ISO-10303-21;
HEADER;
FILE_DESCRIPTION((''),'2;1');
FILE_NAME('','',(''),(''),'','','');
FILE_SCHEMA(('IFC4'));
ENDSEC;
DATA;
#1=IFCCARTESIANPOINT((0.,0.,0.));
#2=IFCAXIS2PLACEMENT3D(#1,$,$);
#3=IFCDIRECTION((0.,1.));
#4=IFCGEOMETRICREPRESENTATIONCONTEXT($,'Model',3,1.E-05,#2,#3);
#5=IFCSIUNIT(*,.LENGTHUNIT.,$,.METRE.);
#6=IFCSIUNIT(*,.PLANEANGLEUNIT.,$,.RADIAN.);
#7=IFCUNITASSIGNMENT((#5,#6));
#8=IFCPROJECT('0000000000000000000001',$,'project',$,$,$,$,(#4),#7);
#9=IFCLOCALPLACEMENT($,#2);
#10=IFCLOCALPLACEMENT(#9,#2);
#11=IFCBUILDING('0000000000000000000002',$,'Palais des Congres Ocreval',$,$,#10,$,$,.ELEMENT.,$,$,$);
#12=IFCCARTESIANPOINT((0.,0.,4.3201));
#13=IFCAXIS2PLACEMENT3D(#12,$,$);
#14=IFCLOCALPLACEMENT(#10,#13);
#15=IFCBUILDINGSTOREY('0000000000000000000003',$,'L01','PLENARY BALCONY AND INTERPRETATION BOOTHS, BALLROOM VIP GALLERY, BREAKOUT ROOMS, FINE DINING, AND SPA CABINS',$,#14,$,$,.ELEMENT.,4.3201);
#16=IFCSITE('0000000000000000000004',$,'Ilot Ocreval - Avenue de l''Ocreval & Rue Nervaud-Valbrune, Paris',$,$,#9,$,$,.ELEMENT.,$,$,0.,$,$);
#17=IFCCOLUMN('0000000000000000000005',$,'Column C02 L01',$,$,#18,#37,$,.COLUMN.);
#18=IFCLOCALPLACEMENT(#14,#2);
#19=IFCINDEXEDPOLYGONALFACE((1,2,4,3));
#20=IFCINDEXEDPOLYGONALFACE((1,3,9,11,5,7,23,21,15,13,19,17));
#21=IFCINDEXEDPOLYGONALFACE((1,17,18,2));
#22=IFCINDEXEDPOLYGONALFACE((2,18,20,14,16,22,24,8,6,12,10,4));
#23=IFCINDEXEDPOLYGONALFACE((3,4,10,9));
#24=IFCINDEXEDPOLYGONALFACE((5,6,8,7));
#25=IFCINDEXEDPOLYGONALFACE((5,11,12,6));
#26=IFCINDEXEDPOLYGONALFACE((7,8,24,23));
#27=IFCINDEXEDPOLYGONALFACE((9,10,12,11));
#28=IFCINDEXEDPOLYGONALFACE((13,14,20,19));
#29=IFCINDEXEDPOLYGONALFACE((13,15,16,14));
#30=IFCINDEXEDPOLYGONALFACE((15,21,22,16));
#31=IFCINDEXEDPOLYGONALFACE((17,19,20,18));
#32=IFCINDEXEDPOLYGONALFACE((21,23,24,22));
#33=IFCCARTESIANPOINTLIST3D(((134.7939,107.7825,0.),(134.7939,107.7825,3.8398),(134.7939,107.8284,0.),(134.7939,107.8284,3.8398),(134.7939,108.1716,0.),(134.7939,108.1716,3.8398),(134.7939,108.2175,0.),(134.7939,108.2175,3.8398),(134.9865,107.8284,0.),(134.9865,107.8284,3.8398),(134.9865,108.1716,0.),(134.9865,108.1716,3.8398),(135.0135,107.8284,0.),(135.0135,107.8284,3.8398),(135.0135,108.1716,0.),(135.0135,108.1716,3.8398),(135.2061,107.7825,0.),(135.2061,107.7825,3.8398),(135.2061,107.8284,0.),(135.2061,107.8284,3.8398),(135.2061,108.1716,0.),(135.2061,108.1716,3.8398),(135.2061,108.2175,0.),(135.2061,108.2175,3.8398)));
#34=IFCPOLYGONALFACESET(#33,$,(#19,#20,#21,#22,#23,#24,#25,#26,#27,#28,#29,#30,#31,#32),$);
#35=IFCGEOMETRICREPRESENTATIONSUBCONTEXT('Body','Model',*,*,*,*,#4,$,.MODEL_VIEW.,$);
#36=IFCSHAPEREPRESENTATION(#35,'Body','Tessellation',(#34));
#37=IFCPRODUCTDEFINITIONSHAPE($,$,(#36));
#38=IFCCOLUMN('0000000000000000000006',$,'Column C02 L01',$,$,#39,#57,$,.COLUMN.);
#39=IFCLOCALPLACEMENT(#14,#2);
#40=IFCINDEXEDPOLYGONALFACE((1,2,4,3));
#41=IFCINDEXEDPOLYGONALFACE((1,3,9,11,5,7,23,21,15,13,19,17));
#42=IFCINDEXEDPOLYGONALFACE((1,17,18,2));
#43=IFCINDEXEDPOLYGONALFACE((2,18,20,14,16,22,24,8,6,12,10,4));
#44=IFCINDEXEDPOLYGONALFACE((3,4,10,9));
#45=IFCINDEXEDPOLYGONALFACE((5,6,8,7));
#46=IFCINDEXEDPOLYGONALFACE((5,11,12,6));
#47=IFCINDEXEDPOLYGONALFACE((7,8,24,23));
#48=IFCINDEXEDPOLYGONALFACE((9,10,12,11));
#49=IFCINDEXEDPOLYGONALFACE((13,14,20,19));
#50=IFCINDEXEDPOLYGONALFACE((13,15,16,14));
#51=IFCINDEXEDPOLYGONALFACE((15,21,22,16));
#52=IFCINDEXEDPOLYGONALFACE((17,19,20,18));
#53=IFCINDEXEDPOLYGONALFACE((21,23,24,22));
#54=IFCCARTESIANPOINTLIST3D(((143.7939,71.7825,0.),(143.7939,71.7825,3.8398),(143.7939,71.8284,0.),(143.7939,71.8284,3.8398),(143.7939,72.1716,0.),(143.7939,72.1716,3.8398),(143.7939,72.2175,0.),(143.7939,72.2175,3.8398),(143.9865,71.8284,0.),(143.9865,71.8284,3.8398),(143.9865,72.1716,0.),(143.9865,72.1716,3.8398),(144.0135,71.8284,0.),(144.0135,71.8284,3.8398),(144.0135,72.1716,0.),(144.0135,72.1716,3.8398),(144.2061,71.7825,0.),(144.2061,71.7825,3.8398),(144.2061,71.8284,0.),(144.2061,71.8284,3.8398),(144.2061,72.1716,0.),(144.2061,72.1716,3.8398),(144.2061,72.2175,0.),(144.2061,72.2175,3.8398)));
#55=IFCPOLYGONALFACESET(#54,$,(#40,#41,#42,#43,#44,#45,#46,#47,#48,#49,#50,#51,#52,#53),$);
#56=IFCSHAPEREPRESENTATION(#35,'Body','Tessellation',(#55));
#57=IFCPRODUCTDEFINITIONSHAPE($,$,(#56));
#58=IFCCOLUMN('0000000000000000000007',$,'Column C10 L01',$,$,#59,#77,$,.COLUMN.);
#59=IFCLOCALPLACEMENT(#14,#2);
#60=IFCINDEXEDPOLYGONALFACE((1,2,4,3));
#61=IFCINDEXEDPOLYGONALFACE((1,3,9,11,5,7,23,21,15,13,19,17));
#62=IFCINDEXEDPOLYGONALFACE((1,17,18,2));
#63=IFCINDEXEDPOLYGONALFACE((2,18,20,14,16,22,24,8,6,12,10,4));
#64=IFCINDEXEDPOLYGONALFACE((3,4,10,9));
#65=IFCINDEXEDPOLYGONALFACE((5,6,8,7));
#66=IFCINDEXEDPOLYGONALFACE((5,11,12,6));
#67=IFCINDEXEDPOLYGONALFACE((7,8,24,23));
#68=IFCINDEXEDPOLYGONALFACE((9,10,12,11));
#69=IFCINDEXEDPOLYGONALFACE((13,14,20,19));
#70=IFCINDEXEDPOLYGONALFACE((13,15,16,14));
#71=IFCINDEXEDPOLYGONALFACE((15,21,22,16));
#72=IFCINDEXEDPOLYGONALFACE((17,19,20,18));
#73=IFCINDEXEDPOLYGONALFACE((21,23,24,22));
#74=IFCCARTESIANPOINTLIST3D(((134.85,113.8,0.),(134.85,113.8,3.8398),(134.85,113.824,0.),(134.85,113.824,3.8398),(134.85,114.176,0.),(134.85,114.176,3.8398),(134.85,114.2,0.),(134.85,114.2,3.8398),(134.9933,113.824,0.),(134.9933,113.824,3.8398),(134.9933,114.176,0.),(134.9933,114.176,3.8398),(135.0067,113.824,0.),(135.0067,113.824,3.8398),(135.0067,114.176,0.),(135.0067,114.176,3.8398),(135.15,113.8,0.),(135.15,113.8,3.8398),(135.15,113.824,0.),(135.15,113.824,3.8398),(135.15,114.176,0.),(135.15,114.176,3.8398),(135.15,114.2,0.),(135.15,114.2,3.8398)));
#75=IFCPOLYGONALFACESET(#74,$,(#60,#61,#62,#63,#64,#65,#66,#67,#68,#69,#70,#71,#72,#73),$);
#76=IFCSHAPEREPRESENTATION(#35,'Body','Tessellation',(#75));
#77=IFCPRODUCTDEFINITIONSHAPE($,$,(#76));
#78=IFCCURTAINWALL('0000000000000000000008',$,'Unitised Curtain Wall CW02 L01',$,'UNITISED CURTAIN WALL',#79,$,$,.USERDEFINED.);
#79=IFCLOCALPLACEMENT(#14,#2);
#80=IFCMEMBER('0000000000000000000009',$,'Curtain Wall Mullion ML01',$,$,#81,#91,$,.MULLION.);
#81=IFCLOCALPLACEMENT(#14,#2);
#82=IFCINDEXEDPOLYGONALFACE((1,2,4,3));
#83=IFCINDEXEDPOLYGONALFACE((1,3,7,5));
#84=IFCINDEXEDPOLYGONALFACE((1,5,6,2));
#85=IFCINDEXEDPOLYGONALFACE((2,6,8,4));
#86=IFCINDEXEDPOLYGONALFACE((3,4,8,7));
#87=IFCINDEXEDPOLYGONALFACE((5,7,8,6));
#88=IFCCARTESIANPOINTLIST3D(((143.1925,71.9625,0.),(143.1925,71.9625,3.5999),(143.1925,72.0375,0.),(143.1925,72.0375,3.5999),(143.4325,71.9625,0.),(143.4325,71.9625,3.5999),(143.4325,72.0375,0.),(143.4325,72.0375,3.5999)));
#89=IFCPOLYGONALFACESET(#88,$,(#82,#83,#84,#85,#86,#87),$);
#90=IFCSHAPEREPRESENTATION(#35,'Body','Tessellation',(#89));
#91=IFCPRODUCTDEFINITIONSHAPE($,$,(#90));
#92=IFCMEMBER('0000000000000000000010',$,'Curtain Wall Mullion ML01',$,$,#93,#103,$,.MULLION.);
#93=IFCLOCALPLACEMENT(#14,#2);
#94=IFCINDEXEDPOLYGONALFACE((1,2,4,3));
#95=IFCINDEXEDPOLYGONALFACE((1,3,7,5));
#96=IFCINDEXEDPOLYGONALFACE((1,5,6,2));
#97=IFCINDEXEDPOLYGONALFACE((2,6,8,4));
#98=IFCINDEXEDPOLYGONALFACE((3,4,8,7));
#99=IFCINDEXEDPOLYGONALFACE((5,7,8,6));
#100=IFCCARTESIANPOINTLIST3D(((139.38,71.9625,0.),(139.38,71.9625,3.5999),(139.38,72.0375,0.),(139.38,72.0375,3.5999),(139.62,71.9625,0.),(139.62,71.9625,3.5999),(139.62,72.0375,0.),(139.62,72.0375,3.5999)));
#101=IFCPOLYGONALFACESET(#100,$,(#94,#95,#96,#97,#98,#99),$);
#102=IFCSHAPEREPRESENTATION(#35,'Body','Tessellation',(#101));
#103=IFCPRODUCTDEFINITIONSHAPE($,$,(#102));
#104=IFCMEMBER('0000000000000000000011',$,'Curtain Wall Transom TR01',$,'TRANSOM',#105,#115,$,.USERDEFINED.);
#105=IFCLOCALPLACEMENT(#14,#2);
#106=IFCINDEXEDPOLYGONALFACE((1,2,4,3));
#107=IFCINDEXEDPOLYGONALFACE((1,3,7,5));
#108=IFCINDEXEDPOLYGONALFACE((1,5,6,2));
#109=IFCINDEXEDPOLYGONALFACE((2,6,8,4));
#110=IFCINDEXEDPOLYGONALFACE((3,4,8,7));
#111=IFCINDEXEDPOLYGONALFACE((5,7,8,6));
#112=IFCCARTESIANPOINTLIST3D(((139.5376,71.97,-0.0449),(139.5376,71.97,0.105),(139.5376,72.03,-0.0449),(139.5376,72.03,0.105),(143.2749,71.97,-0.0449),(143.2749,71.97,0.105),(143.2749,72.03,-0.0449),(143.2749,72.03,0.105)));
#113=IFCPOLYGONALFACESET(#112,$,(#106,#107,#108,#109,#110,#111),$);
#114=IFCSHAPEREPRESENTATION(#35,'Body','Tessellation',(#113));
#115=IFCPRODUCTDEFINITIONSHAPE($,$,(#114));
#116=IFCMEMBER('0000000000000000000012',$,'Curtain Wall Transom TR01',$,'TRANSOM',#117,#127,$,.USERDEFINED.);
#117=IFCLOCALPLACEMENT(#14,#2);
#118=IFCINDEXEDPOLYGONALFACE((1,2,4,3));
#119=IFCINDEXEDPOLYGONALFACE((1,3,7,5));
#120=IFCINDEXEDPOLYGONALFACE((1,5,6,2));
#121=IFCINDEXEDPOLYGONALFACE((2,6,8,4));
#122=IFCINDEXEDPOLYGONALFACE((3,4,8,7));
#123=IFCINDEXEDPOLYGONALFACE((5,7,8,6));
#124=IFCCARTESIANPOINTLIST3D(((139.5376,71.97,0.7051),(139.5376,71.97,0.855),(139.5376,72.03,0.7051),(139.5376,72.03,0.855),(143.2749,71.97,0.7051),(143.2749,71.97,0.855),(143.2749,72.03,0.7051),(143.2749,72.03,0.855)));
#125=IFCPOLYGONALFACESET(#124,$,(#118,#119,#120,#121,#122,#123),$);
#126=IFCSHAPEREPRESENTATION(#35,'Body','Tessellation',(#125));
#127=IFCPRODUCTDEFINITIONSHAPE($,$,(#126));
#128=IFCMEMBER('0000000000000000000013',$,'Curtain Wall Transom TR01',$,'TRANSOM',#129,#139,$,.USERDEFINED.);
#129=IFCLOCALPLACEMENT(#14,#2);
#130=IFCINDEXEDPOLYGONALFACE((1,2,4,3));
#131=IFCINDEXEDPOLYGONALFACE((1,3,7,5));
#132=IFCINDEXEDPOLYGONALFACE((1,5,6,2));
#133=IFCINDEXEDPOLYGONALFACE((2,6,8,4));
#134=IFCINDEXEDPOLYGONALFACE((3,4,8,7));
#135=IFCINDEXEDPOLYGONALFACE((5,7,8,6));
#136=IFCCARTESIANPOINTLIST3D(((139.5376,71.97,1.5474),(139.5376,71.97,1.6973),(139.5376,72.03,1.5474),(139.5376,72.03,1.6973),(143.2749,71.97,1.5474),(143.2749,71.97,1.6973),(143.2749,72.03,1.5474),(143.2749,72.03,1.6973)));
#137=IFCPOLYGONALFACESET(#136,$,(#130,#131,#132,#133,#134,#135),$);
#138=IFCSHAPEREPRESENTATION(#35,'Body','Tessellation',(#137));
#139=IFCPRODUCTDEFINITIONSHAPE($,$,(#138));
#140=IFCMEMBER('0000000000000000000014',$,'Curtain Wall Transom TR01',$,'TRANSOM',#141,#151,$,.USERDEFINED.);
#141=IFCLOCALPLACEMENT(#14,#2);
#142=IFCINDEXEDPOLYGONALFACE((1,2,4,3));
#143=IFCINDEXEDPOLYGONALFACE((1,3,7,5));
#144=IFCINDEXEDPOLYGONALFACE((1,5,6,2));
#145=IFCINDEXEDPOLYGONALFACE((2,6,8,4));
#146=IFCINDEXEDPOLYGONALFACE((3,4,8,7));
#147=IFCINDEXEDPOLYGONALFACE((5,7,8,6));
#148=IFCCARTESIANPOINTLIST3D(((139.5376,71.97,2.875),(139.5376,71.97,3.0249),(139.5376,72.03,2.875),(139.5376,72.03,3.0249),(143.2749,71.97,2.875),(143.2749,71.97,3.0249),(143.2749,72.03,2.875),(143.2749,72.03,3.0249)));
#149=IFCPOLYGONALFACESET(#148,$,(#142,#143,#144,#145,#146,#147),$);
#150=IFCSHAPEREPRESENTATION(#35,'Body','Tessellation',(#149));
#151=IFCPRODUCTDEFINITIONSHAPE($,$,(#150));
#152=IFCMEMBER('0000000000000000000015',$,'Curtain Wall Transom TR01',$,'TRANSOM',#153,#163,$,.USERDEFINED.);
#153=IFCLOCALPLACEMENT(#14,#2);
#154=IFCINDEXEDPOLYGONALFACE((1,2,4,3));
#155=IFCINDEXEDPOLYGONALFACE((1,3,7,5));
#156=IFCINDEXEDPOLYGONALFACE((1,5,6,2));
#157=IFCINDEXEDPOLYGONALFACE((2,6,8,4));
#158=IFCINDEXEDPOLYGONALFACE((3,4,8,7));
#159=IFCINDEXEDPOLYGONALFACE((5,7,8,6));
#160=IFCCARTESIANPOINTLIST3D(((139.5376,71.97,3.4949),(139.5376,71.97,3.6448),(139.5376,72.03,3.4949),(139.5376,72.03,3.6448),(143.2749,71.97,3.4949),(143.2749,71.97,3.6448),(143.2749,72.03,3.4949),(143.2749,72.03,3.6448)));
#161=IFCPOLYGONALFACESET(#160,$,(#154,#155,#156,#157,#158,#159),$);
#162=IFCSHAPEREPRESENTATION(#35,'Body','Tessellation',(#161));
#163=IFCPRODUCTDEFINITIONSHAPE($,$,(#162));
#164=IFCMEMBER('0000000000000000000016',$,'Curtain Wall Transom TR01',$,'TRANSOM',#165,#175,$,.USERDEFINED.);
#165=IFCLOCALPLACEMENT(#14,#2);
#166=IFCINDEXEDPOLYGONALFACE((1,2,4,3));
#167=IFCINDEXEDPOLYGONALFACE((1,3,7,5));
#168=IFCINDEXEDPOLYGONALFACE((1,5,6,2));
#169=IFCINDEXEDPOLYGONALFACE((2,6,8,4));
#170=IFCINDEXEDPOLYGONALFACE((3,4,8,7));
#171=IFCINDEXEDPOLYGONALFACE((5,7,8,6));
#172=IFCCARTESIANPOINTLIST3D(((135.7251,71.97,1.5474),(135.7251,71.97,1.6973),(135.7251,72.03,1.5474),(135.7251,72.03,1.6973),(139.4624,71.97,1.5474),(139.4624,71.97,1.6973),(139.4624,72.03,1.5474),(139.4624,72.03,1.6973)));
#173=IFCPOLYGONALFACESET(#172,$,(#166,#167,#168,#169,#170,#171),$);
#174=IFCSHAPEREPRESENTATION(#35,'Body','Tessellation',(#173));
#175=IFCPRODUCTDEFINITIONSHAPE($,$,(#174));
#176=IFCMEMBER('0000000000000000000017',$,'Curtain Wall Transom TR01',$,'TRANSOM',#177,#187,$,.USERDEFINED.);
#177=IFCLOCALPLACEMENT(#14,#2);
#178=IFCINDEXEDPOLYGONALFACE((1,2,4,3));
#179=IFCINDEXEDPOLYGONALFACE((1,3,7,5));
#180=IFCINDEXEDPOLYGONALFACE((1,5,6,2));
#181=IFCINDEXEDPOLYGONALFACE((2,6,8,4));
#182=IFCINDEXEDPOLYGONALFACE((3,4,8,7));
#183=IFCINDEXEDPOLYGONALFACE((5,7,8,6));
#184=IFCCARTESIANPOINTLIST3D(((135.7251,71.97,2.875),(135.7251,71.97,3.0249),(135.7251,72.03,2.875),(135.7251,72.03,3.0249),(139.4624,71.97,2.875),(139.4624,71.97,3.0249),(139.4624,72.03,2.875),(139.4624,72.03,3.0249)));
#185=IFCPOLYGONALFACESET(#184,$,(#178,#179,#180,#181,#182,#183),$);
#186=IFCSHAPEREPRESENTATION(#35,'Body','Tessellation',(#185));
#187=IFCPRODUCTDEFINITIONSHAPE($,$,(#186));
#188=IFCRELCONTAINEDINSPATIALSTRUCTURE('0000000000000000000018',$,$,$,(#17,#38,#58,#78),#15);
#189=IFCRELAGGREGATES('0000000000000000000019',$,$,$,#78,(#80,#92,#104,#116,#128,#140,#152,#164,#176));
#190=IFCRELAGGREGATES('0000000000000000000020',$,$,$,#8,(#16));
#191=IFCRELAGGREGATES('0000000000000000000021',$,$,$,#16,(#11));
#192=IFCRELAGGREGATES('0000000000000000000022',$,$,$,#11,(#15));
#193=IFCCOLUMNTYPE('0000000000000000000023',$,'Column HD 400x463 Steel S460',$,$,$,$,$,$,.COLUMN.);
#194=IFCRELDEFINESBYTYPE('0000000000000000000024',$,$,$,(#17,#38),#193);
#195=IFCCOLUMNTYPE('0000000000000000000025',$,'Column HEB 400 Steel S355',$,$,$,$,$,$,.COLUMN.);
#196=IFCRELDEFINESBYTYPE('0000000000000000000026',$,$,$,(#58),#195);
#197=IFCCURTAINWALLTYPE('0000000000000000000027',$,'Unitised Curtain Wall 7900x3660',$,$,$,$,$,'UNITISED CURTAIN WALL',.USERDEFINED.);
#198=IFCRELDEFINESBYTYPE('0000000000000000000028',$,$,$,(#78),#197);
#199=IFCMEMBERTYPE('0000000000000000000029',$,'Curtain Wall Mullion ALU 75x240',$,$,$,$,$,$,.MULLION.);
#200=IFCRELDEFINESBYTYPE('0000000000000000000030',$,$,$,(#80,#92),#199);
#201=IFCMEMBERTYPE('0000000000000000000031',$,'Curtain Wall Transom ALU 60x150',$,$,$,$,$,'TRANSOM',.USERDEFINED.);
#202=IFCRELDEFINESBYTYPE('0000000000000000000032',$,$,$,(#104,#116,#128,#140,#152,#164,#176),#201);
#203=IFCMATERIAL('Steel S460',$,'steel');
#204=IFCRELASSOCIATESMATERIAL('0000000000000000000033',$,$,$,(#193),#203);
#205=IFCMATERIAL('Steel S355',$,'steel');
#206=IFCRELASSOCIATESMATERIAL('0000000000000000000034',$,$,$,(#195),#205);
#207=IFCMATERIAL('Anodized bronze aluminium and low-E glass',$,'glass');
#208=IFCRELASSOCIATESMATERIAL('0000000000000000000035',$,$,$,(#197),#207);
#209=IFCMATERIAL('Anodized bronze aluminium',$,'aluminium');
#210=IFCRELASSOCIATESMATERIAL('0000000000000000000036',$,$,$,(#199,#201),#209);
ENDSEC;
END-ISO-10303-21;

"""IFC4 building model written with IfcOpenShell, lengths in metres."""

from ifc_helpers import new_model, si_unit, direction, frame, origin, origin_2d, place, context, subcontext, project, spatial, rectangle, i_section, extrude, material, material_profile, profile_set, type_object, element, aggregate, save


model = new_model("IFC4")

# Units and contexts
model_context = context("Model", 3, precision=1e-05, world=origin(), true_north=direction((0.0, 1.0)))
body_context = subcontext(model_context, "Body", "Model", "MODEL_VIEW")
ifc_project = project(units=[si_unit("LENGTHUNIT", "METRE"), si_unit("PLANEANGLEUNIT", "RADIAN")], contexts=[model_context])

# Site, building, storey
site_placement = place(None, origin())
site = spatial("IfcSite", under=ifc_project, at=site_placement, Name="Ilot Ocreval - Avenue de l'Ocreval & Rue Nervaud-Valbrune, Paris", CompositionType="ELEMENT", RefElevation=0.0)
building_placement = place(site_placement, origin())
building = spatial("IfcBuilding", under=site, at=building_placement, Name="Palais des Congres Ocreval", CompositionType="ELEMENT")
storey_placement = place(building_placement, frame((0.0, 0.0, 4.3201)))
storey = spatial("IfcBuildingStorey", under=building, at=storey_placement, Name="L01", Description="PLENARY BALCONY AND INTERPRETATION BOOTHS, BALLROOM VIP GALLERY, BREAKOUT ROOMS, FINE DINING, AND SPA CABINS", CompositionType="ELEMENT", Elevation=4.3201)

# Columns
ifc_material_1 = material(Name="Steel S460", Category="steel")
ifc_material_profile_1 = material_profile(ifc_material_1, i_section(OverallWidth=0.4121, OverallDepth=0.4351, WebThickness=0.0271, FlangeThickness=0.0459, at=origin_2d()), Name="HD 400x463")
ifc_profile_set_1 = profile_set([ifc_material_profile_1], Name="Steel S460")
column_type_1 = type_object("IfcColumnType", Name="Column HD 400x463 Steel S460", PredefinedType="COLUMN", material=ifc_profile_set_1)
for number, where, z_axis, x_axis, name in (
    (1, (135.0, 108.0, 0.0), (0.0, 0.0, 1.0), (1.0, 0.0, 0.0), "Column C02 L01"),
    (2, (144.0, 72.0, 0.0), (0.0, 0.0, 1.0), (1.0, 0.0, 0.0), "Column C02 L01"),
):
    element("IfcColumn", number, at=place(storey_placement, frame(where, z_axis=z_axis, x_axis=x_axis)), inside=storey, type_object=column_type_1, Name=name, PredefinedType="COLUMN", context=body_context, shape_type="SweptSolid", body=[
        extrude(i_section(OverallWidth=0.4121, OverallDepth=0.4351, WebThickness=0.0271, FlangeThickness=0.0459, at=origin_2d()), origin(), (0.0, 0.0, 1.0), 3.8398),
    ])
ifc_material_2 = material(Name="Steel S355", Category="steel")
ifc_material_profile_2 = material_profile(ifc_material_2, i_section(OverallWidth=0.3, OverallDepth=0.3999, WebThickness=0.0134, FlangeThickness=0.0239, at=origin_2d()), Name="HEB 400")
ifc_profile_set_2 = profile_set([ifc_material_profile_2], Name="Steel S355")
column_type_2 = type_object("IfcColumnType", Name="Column HEB 400 Steel S355", PredefinedType="COLUMN", material=ifc_profile_set_2)
column_placement = place(storey_placement, frame((135.0, 114.0, 0.0), z_axis=(0.0, 0.0, 1.0), x_axis=(1.0, 0.0, 0.0)))
element("IfcColumn", 3, at=column_placement, inside=storey, type_object=column_type_2, Name="Column C10 L01", PredefinedType="COLUMN", context=body_context, shape_type="SweptSolid", body=[
    extrude(i_section(OverallWidth=0.3, OverallDepth=0.3999, WebThickness=0.0134, FlangeThickness=0.0239, at=origin_2d()), origin(), (0.0, 0.0, 1.0), 3.8398),
])

# Curtain wall, members
ifc_material_3 = material(Name="Anodized bronze aluminium and low-E glass", Category="glass")
curtain_wall_type = type_object("IfcCurtainWallType", Name="Unitised Curtain Wall 7900x3660", ElementType="UNITISED CURTAIN WALL", PredefinedType="USERDEFINED", material=ifc_material_3)
curtain_wall_placement = place(storey_placement, origin())
curtain_wall = element("IfcCurtainWall", 4, at=curtain_wall_placement, inside=storey, type_object=curtain_wall_type, Name="Unitised Curtain Wall CW02 L01", ObjectType="UNITISED CURTAIN WALL", PredefinedType="USERDEFINED")
ifc_material_4 = material(Name="Anodized bronze aluminium", Category="aluminium")
ifc_material_profile_3 = material_profile(ifc_material_4, rectangle(XDim=0.075, YDim=0.24, at=origin_2d()), Name="ALU 75x240")
ifc_profile_set_3 = profile_set([ifc_material_profile_3], Name="Anodized bronze aluminium")
member_type_1 = type_object("IfcMemberType", Name="Curtain Wall Mullion ALU 75x240", PredefinedType="MULLION", material=ifc_profile_set_3)
member_1_placement = place(storey_placement, frame((143.3125, 72.0, 0.0), z_axis=(0.0, 0.0, 1.0), x_axis=(0.0, -1.0, 0.0)))
member_1 = element("IfcMember", 5, at=member_1_placement, type_object=member_type_1, Name="Curtain Wall Mullion ML01", PredefinedType="MULLION", context=body_context, shape_type="SweptSolid", body=[
    extrude(rectangle(XDim=0.075, YDim=0.24, at=origin_2d()), origin(), (0.0, 0.0, 1.0), 3.5999),
])
member_2_placement = place(storey_placement, frame((139.5, 72.0, 0.0), z_axis=(0.0, 0.0, 1.0), x_axis=(0.0, -1.0, 0.0)))
member_2 = element("IfcMember", 6, at=member_2_placement, type_object=member_type_1, Name="Curtain Wall Mullion ML01", PredefinedType="MULLION", context=body_context, shape_type="SweptSolid", body=[
    extrude(rectangle(XDim=0.075, YDim=0.24, at=origin_2d()), origin(), (0.0, 0.0, 1.0), 3.5999),
])
ifc_material_profile_4 = material_profile(ifc_material_4, rectangle(XDim=0.0601, YDim=0.1499, at=origin_2d()), Name="ALU 60x150")
ifc_profile_set_4 = profile_set([ifc_material_profile_4], Name="Anodized bronze aluminium")
member_type_2 = type_object("IfcMemberType", Name="Curtain Wall Transom ALU 60x150", ElementType="TRANSOM", PredefinedType="USERDEFINED", material=ifc_profile_set_4)
member_3_placement = place(storey_placement, frame((143.2749, 72.0, 0.03), z_axis=(-1.0, 0.0, 0.0), x_axis=(0.0, -1.0, 0.0)))
member_3 = element("IfcMember", 7, at=member_3_placement, type_object=member_type_2, Name="Curtain Wall Transom TR01", ObjectType="TRANSOM", PredefinedType="USERDEFINED", context=body_context, shape_type="SweptSolid", body=[
    extrude(rectangle(XDim=0.0601, YDim=0.1499, at=origin_2d()), origin(), (0.0, 0.0, 1.0), 3.7373),
])
member_4_placement = place(storey_placement, frame((143.2749, 72.0, 0.78), z_axis=(-1.0, 0.0, 0.0), x_axis=(0.0, -1.0, 0.0)))
member_4 = element("IfcMember", 8, at=member_4_placement, type_object=member_type_2, Name="Curtain Wall Transom TR01", ObjectType="TRANSOM", PredefinedType="USERDEFINED", context=body_context, shape_type="SweptSolid", body=[
    extrude(rectangle(XDim=0.0601, YDim=0.1499, at=origin_2d()), origin(), (0.0, 0.0, 1.0), 3.7373),
])
member_5_placement = place(storey_placement, frame((143.2749, 72.0, 1.6223), z_axis=(-1.0, 0.0, 0.0), x_axis=(0.0, -1.0, 0.0)))
member_5 = element("IfcMember", 9, at=member_5_placement, type_object=member_type_2, Name="Curtain Wall Transom TR01", ObjectType="TRANSOM", PredefinedType="USERDEFINED", context=body_context, shape_type="SweptSolid", body=[
    extrude(rectangle(XDim=0.0601, YDim=0.1499, at=origin_2d()), origin(), (0.0, 0.0, 1.0), 3.7373),
])
member_6_placement = place(storey_placement, frame((143.2749, 72.0, 2.95), z_axis=(-1.0, 0.0, 0.0), x_axis=(0.0, -1.0, 0.0)))
member_6 = element("IfcMember", 10, at=member_6_placement, type_object=member_type_2, Name="Curtain Wall Transom TR01", ObjectType="TRANSOM", PredefinedType="USERDEFINED", context=body_context, shape_type="SweptSolid", body=[
    extrude(rectangle(XDim=0.0601, YDim=0.1499, at=origin_2d()), origin(), (0.0, 0.0, 1.0), 3.7373),
])
member_7_placement = place(storey_placement, frame((143.2749, 72.0, 3.5698), z_axis=(-1.0, 0.0, 0.0), x_axis=(0.0, -1.0, 0.0)))
member_7 = element("IfcMember", 11, at=member_7_placement, type_object=member_type_2, Name="Curtain Wall Transom TR01", ObjectType="TRANSOM", PredefinedType="USERDEFINED", context=body_context, shape_type="SweptSolid", body=[
    extrude(rectangle(XDim=0.0601, YDim=0.1499, at=origin_2d()), origin(), (0.0, 0.0, 1.0), 3.7373),
])
member_8_placement = place(storey_placement, frame((139.4624, 72.0, 1.6223), z_axis=(-1.0, 0.0, 0.0), x_axis=(0.0, -1.0, 0.0)))
member_8 = element("IfcMember", 12, at=member_8_placement, type_object=member_type_2, Name="Curtain Wall Transom TR01", ObjectType="TRANSOM", PredefinedType="USERDEFINED", context=body_context, shape_type="SweptSolid", body=[
    extrude(rectangle(XDim=0.0601, YDim=0.1499, at=origin_2d()), origin(), (0.0, 0.0, 1.0), 3.7373),
])
member_9_placement = place(storey_placement, frame((139.4624, 72.0, 2.95), z_axis=(-1.0, 0.0, 0.0), x_axis=(0.0, -1.0, 0.0)))
member_9 = element("IfcMember", 13, at=member_9_placement, type_object=member_type_2, Name="Curtain Wall Transom TR01", ObjectType="TRANSOM", PredefinedType="USERDEFINED", context=body_context, shape_type="SweptSolid", body=[
    extrude(rectangle(XDim=0.0601, YDim=0.1499, at=origin_2d()), origin(), (0.0, 0.0, 1.0), 3.7373),
])

aggregate(curtain_wall, [member_1, member_2, member_3, member_4, member_5, member_6, member_7, member_8, member_9])

save(model, "model.ifc")
